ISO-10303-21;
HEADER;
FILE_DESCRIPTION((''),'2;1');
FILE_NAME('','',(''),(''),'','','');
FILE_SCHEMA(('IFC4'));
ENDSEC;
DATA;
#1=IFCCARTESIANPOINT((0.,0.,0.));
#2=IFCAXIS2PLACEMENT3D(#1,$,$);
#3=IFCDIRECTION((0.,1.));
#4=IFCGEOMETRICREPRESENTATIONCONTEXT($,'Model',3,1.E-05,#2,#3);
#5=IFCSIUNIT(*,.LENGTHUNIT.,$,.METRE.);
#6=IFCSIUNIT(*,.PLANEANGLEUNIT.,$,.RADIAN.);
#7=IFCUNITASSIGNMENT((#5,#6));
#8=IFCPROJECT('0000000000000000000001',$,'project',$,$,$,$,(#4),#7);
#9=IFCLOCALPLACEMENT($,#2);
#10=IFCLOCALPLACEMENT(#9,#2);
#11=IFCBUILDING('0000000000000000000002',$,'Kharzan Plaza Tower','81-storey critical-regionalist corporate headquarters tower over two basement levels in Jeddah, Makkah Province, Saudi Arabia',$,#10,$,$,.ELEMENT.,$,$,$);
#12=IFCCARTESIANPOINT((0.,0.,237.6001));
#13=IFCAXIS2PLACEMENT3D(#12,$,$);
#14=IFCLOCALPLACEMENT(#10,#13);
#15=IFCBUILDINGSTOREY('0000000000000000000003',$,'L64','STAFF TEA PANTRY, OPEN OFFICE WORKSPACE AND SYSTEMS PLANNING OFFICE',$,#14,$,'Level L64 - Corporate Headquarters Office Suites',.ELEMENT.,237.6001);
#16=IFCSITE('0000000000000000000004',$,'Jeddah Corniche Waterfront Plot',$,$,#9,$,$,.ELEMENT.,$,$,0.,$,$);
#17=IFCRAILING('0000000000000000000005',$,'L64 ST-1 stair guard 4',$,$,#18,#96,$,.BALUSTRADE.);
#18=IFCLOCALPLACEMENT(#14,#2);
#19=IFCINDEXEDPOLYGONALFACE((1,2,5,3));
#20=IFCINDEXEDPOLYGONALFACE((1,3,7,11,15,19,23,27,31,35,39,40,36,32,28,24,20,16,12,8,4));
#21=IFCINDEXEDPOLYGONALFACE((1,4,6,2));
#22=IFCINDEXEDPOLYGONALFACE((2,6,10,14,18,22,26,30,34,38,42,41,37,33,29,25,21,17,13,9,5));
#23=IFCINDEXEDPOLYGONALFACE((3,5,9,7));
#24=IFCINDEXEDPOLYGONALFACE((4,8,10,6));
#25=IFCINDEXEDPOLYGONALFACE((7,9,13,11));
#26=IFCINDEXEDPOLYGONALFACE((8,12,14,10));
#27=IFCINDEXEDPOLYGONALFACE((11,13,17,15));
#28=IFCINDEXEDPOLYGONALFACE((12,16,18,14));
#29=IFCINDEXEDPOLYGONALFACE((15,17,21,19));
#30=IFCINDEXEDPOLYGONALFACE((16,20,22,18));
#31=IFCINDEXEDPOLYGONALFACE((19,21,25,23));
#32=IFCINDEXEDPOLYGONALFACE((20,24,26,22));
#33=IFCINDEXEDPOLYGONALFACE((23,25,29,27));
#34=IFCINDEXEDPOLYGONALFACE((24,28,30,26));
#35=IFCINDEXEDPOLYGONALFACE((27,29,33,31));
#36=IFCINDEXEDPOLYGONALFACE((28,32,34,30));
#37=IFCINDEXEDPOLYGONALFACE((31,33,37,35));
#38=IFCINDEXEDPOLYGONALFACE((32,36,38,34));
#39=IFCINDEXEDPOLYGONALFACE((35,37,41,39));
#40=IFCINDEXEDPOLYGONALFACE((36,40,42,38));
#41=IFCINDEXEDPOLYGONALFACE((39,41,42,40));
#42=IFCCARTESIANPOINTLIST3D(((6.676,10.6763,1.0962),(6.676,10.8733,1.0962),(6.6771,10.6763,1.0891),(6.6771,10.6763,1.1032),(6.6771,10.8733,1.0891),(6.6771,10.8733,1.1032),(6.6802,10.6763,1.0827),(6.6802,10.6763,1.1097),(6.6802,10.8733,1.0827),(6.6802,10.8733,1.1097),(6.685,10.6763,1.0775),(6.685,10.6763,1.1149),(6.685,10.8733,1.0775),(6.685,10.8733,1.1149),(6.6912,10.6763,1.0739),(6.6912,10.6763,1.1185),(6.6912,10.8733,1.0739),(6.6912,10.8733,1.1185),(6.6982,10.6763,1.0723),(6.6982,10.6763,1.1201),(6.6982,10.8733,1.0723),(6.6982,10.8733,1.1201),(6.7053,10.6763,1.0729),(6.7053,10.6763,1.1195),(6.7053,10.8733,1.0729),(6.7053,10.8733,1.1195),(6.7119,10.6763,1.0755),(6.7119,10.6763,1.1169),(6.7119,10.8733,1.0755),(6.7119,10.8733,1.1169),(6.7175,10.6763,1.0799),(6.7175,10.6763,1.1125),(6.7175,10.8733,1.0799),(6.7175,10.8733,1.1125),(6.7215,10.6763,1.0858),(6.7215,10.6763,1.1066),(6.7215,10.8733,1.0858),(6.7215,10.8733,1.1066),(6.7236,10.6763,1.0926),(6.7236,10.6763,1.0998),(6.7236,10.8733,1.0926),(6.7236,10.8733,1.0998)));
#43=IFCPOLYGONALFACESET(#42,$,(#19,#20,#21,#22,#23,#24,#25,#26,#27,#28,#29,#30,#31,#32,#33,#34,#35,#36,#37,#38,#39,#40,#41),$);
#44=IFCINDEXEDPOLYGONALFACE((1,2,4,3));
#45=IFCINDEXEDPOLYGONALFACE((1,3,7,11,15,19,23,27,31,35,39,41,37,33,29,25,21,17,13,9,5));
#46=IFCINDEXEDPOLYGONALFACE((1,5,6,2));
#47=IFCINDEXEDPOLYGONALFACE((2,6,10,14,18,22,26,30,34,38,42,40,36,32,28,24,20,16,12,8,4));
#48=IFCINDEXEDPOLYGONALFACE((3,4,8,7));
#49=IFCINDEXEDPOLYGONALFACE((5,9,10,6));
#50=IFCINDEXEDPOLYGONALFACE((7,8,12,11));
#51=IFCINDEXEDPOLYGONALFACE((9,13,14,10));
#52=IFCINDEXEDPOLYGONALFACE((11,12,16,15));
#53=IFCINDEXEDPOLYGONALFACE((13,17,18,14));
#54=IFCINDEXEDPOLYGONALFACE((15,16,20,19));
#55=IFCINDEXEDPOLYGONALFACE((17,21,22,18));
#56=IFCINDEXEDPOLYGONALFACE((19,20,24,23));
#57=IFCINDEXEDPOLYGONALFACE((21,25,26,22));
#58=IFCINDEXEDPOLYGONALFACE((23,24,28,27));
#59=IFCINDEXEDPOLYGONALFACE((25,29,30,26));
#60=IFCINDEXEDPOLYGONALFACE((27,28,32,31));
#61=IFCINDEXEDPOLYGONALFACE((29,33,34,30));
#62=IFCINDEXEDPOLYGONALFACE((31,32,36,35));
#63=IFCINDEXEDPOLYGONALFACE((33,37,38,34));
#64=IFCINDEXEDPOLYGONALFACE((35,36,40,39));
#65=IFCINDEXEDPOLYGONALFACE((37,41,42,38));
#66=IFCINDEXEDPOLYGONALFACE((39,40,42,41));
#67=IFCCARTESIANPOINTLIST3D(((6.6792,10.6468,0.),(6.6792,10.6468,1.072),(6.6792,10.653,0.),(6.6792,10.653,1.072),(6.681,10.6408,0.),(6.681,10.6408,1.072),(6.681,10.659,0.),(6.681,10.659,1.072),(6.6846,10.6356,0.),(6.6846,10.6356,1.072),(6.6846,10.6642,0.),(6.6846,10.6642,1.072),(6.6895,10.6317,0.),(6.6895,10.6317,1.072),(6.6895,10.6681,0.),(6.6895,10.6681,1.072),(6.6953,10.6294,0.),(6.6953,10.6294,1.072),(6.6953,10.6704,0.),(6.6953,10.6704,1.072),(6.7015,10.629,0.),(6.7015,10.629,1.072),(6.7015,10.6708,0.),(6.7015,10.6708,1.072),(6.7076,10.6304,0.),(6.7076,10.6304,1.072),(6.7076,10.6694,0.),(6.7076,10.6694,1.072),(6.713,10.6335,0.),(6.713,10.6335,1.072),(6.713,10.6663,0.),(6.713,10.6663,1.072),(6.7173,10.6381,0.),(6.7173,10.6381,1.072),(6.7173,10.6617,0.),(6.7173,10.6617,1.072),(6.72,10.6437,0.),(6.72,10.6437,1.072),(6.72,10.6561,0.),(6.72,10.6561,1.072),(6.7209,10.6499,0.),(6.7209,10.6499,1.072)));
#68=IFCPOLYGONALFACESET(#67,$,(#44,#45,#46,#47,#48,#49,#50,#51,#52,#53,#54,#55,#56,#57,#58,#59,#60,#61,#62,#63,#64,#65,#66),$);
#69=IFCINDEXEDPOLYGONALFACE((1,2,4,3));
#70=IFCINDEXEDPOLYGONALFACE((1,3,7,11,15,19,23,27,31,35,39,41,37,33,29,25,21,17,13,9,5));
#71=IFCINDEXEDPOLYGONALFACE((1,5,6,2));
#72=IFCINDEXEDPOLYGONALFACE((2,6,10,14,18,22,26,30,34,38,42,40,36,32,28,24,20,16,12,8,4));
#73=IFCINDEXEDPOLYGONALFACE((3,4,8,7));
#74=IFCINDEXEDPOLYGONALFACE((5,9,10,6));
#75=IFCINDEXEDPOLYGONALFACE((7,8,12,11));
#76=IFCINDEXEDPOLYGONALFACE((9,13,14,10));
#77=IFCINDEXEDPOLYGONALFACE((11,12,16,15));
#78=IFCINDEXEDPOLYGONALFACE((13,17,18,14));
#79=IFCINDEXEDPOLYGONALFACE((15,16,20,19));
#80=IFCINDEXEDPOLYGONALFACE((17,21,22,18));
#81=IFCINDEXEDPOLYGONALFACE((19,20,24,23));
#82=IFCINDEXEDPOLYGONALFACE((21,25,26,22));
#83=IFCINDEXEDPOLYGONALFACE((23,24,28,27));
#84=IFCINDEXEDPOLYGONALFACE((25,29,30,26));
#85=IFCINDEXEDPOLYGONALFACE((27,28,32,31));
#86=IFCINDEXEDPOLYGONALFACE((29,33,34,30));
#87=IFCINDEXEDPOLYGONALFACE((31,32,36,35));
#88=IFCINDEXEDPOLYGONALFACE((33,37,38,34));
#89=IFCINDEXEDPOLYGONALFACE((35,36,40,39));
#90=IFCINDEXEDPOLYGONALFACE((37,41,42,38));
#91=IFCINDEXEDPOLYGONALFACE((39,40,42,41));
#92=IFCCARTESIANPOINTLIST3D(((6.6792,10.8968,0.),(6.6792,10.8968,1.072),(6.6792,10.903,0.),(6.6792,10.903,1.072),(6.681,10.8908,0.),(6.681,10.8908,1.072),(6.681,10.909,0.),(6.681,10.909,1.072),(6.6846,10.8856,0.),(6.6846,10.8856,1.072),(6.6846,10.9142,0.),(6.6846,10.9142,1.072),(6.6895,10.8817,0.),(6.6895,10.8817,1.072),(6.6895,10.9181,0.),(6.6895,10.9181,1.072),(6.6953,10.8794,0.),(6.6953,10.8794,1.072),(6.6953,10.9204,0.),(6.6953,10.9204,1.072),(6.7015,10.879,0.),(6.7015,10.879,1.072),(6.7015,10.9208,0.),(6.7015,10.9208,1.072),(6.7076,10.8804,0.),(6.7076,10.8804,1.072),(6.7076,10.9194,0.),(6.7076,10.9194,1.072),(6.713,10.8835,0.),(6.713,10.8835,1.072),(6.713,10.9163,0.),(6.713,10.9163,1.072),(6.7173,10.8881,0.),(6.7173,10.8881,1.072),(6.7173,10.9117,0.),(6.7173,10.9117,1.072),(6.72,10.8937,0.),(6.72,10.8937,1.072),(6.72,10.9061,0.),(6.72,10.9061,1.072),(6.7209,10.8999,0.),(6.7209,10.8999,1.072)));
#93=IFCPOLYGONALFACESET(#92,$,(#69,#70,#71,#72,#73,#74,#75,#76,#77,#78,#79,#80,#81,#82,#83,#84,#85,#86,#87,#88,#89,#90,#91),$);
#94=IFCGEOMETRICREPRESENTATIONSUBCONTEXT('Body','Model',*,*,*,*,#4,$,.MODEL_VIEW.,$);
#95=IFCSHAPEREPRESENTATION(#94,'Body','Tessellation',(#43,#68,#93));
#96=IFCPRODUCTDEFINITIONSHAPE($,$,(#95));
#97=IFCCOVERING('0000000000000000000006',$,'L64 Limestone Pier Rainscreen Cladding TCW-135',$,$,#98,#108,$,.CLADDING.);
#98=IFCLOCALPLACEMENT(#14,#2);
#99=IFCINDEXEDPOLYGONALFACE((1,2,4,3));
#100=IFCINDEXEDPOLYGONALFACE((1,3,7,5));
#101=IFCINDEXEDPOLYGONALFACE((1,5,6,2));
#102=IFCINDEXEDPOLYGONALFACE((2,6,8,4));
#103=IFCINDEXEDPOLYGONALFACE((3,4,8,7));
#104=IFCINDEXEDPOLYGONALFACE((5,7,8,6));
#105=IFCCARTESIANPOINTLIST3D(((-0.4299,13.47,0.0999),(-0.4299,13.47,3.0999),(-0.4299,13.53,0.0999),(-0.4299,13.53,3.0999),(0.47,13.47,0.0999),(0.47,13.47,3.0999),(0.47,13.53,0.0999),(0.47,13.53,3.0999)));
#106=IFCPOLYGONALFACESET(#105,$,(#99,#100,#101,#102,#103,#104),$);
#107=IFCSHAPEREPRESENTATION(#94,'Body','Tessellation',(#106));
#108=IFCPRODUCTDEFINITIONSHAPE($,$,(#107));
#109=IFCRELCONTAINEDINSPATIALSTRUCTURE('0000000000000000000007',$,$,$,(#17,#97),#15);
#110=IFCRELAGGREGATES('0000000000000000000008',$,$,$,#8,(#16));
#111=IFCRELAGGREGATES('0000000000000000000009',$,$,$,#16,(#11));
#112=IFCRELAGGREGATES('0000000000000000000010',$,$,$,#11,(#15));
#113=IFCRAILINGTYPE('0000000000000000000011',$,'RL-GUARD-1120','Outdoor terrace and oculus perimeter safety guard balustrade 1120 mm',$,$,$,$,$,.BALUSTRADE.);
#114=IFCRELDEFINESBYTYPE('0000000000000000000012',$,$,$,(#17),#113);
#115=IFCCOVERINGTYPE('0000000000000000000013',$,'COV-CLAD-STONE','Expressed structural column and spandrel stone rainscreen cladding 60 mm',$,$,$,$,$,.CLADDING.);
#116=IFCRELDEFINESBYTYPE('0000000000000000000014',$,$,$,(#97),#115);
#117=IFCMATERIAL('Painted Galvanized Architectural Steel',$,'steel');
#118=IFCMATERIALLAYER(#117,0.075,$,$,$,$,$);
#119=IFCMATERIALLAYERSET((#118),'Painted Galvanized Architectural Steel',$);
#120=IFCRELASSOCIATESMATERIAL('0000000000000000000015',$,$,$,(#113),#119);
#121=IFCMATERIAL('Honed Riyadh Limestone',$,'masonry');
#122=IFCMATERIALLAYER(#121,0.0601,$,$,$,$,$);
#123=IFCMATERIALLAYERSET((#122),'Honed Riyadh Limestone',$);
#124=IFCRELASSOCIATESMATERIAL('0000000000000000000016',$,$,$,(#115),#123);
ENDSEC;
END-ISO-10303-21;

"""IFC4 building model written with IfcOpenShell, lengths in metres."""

from ifc_helpers import new_model, si_unit, direction, frame, origin, origin_2d, place, context, subcontext, project, spatial, rectangle, circle, extrude, source, transform, mapped, material, layer, layer_set, type_object, element, save


model = new_model("IFC4")

# Units and contexts
model_context = context("Model", 3, precision=1e-05, world=origin(), true_north=direction((0.0, 1.0)))
body_context = subcontext(model_context, "Body", "Model", "MODEL_VIEW")
ifc_project = project(units=[si_unit("LENGTHUNIT", "METRE"), si_unit("PLANEANGLEUNIT", "RADIAN")], contexts=[model_context])

# Site, building, storey
site_placement = place(None, origin())
site = spatial("IfcSite", under=ifc_project, at=site_placement, Name="Jeddah Corniche Waterfront Plot", CompositionType="ELEMENT", RefElevation=0.0)
building_placement = place(site_placement, origin())
building = spatial("IfcBuilding", under=site, at=building_placement, Name="Kharzan Plaza Tower", Description="81-storey critical-regionalist corporate headquarters tower over two basement levels in Jeddah, Makkah Province, Saudi Arabia", CompositionType="ELEMENT")
storey_placement = place(building_placement, frame((0.0, 0.0, 237.6001)))
storey = spatial("IfcBuildingStorey", under=building, at=storey_placement, Name="L64", Description="STAFF TEA PANTRY, OPEN OFFICE WORKSPACE AND SYSTEMS PLANNING OFFICE", LongName="Level L64 - Corporate Headquarters Office Suites", CompositionType="ELEMENT", Elevation=237.6001)

# Railing
ifc_material_1 = material(Name="Painted Galvanized Architectural Steel", Category="steel")
ifc_layer_1 = layer(ifc_material_1, 0.075)
ifc_layer_set_1 = layer_set([ifc_layer_1], Name="Painted Galvanized Architectural Steel")
railing_type_1 = type_object("IfcRailingType", Name="RL-GUARD-1120", Description="Outdoor terrace and oculus perimeter safety guard balustrade 1120 mm", PredefinedType="BALUSTRADE", material=ifc_layer_set_1)
shared_shape_1 = source(origin(), body_context, "Body", "SweptSolid", [
    extrude(circle(Radius=0.0239, at=origin_2d()), frame((0.0, 0.0264, 1.0962), z_axis=(0.0, 1.0, 0.0), x_axis=(-1.0, 0.0, 0.0)), (0.0, 0.0, 1.0), 0.197),
    extrude(circle(Radius=0.021, at=origin_2d()), origin(), (0.0, 0.0, 1.0), 1.072),
    extrude(circle(Radius=0.021, at=origin_2d()), frame((0.0, 0.25, 0.0)), (0.0, 0.0, 1.0), 1.072),
])
railing_1_placement = place(storey_placement, frame((6.7, 10.6499, 0.0)))
element("IfcRailing", 1, at=railing_1_placement, inside=storey, type_object=railing_type_1, Name="L64 ST-1 stair guard 4", PredefinedType="BALUSTRADE", context=body_context, shape_type="MappedRepresentation", body=[
    mapped(shared_shape_1, transform((0.0, 0.0, 0.0), x_axis=(1.0, 0.0, 0.0), y_axis=(0.0, 1.0, 0.0), z_axis=(0.0, 0.0, 1.0))),
])

# Covering
ifc_material_2 = material(Name="Honed Riyadh Limestone", Category="masonry")
ifc_layer_2 = layer(ifc_material_2, 0.0601)
ifc_layer_set_2 = layer_set([ifc_layer_2], Name="Honed Riyadh Limestone")
covering_type = type_object("IfcCoveringType", Name="COV-CLAD-STONE", Description="Expressed structural column and spandrel stone rainscreen cladding 60 mm", PredefinedType="CLADDING", material=ifc_layer_set_2)
shared_shape_2 = source(origin(), body_context, "Body", "SweptSolid", [
    extrude(rectangle(XDim=0.0601, YDim=0.8999, at=origin_2d()), origin(), (0.0, 0.0, 1.0), 3.0),
])
covering_placement = place(storey_placement, frame((0.02, 13.5, 0.0999), z_axis=(0.0, 0.0, 1.0), x_axis=(0.0, 1.0, 0.0)))
element("IfcCovering", 2, at=covering_placement, inside=storey, type_object=covering_type, Name="L64 Limestone Pier Rainscreen Cladding TCW-135", PredefinedType="CLADDING", context=body_context, shape_type="MappedRepresentation", body=[
    mapped(shared_shape_2, transform((0.0, 0.0, 0.0), x_axis=(1.0, 0.0, 0.0), y_axis=(0.0, 1.0, 0.0), z_axis=(0.0, 0.0, 1.0))),
])

save(model, "model.ifc")
